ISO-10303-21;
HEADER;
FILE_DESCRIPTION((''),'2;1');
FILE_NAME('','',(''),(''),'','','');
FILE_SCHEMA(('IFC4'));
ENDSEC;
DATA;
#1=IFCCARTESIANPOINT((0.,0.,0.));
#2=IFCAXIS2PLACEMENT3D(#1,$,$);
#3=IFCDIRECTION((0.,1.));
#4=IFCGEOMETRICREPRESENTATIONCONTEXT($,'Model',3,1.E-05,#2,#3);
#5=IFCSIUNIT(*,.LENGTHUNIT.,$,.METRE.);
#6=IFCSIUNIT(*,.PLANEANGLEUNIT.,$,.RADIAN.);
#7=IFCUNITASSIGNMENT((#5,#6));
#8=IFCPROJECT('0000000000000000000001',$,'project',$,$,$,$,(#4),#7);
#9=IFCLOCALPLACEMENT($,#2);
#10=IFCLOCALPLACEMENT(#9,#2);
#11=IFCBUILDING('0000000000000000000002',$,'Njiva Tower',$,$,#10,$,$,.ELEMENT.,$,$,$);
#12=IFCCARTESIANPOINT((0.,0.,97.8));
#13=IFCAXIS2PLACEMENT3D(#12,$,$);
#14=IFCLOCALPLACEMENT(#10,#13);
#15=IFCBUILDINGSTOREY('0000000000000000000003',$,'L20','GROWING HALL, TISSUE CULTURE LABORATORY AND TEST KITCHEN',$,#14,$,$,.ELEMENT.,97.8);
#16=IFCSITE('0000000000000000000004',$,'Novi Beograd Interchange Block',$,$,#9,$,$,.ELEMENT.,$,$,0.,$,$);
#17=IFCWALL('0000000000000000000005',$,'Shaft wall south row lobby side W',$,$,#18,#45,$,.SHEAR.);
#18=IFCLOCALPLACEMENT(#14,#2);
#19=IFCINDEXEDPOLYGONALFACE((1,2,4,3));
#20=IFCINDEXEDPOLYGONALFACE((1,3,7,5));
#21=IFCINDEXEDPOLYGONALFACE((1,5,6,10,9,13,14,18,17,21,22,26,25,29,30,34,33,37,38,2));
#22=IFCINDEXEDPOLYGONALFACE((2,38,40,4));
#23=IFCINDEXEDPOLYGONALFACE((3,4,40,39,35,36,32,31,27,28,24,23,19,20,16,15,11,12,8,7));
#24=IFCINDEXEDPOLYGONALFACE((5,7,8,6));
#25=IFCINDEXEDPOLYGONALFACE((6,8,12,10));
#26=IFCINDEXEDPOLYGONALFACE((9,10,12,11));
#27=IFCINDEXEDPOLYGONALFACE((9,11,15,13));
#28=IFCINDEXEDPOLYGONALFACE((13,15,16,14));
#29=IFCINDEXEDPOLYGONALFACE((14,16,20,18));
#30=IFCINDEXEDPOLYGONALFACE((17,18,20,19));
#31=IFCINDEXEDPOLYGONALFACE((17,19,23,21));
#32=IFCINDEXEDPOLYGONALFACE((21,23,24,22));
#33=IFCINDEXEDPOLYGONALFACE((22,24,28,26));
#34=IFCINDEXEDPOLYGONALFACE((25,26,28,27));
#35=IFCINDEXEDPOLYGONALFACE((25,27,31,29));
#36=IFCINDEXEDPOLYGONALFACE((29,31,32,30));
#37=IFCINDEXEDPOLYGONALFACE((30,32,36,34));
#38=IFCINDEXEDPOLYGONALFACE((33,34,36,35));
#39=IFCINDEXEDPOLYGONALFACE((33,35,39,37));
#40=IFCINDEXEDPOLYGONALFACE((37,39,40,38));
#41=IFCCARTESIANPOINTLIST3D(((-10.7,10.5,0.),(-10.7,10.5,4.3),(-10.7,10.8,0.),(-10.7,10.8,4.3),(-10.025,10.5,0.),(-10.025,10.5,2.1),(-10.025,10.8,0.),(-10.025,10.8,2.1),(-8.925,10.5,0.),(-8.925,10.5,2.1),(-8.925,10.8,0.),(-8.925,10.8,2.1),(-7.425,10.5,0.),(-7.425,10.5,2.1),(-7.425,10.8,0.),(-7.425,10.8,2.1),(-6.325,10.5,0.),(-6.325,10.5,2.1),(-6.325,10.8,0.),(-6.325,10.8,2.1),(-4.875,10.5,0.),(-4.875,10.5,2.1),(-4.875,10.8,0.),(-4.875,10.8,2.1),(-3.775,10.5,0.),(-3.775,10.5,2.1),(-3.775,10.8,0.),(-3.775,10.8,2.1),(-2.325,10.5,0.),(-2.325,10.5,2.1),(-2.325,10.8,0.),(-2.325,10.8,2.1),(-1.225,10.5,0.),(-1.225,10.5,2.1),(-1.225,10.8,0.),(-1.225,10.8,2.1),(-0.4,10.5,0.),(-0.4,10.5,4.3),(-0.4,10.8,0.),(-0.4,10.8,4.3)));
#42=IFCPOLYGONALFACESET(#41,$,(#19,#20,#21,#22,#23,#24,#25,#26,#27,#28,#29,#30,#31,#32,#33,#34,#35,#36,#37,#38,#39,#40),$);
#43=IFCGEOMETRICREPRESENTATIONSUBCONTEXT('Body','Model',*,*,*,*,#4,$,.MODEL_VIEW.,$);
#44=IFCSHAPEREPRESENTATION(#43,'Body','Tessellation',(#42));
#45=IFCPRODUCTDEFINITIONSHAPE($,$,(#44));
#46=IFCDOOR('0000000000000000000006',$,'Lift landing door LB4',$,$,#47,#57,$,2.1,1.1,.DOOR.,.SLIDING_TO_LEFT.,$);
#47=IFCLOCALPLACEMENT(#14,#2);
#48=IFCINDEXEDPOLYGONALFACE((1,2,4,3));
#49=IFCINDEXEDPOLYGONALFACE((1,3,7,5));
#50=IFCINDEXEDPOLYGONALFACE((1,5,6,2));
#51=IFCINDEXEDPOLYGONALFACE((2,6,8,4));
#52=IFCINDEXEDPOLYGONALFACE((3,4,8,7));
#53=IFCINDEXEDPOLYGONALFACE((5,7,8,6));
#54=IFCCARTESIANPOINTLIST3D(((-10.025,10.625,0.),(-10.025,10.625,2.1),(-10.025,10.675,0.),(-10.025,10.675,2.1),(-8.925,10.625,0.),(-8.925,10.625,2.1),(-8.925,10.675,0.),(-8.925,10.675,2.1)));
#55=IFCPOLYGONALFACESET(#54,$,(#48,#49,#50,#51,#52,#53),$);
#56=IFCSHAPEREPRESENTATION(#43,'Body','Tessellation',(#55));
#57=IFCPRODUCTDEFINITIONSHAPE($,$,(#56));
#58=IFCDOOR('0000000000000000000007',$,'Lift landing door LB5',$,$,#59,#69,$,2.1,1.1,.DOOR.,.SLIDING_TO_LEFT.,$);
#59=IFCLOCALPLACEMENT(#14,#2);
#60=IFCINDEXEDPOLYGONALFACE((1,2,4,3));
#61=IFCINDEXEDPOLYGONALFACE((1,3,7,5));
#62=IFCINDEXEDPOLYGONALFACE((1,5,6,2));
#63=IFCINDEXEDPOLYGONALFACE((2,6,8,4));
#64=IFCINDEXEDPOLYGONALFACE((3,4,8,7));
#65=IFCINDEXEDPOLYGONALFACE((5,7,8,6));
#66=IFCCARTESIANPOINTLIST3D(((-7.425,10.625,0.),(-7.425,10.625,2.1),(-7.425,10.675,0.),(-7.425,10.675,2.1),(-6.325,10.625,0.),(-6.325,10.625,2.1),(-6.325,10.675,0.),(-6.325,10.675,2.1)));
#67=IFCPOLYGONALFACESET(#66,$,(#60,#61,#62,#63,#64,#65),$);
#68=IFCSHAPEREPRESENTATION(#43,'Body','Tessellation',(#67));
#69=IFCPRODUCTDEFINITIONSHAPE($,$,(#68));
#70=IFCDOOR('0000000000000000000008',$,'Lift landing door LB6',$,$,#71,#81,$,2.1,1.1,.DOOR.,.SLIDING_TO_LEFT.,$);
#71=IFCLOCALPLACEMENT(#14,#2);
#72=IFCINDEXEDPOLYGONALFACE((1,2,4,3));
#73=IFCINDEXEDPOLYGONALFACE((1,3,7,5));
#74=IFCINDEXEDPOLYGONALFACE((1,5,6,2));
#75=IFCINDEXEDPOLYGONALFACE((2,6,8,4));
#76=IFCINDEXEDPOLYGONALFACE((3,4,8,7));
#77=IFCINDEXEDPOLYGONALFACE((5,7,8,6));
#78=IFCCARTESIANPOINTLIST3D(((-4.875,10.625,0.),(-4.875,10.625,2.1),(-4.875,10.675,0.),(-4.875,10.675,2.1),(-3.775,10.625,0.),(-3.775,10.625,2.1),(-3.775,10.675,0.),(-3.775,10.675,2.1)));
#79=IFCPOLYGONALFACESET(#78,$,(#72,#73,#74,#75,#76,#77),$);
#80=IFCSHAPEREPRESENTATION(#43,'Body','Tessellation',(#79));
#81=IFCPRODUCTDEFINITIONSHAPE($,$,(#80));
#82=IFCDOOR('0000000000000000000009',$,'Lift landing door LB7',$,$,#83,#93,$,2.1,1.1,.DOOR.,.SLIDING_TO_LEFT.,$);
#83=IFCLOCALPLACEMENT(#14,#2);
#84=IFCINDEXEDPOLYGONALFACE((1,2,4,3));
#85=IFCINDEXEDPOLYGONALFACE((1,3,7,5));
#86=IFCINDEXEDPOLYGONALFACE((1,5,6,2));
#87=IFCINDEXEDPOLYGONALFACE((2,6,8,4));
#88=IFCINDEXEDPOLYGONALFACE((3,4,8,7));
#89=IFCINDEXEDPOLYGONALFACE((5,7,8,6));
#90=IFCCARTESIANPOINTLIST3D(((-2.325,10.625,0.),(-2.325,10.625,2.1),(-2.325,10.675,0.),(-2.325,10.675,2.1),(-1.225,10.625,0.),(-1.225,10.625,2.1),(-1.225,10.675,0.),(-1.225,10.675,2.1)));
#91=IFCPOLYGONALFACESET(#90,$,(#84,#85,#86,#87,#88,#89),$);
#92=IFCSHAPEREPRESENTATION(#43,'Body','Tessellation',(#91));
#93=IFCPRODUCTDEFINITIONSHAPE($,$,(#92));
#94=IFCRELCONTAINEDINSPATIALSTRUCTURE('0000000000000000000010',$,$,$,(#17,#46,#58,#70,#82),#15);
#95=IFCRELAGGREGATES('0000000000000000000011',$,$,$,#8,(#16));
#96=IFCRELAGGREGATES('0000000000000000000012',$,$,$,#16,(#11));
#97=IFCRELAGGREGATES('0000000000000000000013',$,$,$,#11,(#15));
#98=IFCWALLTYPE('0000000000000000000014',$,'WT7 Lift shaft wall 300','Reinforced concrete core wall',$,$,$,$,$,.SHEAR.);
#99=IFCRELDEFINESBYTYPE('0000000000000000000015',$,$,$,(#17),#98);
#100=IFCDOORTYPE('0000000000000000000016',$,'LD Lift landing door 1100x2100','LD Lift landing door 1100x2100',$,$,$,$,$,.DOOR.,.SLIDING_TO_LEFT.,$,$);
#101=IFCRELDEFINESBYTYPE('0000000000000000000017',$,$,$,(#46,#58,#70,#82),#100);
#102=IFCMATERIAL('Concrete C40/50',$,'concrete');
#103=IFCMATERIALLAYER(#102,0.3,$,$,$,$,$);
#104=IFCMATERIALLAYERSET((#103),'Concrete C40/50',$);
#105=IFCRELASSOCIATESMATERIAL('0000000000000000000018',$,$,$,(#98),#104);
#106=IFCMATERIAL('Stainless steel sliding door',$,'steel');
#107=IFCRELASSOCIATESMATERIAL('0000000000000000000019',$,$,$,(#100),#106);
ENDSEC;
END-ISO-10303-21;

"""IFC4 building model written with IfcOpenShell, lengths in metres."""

from ifc_helpers import new_model, si_unit, direction, frame, frame_2d, origin, place, context, subcontext, project, spatial, rectangle, extrude, material, layer, layer_set, type_object, element, fill, save


model = new_model("IFC4")

# Units and contexts
model_context = context("Model", 3, precision=1e-05, world=origin(), true_north=direction((0.0, 1.0)))
body_context = subcontext(model_context, "Body", "Model", "MODEL_VIEW")
ifc_project = project(units=[si_unit("LENGTHUNIT", "METRE"), si_unit("PLANEANGLEUNIT", "RADIAN")], contexts=[model_context])

# Site, building, storey
site_placement = place(None, origin())
site = spatial("IfcSite", under=ifc_project, at=site_placement, Name="Novi Beograd Interchange Block", CompositionType="ELEMENT", RefElevation=0.0)
building_placement = place(site_placement, origin())
building = spatial("IfcBuilding", under=site, at=building_placement, Name="Njiva Tower", CompositionType="ELEMENT")
storey_placement = place(building_placement, frame((0.0, 0.0, 97.8)))
storey = spatial("IfcBuildingStorey", under=building, at=storey_placement, Name="L20", Description="GROWING HALL, TISSUE CULTURE LABORATORY AND TEST KITCHEN", CompositionType="ELEMENT", Elevation=97.8)

# Shared definitions
ifc_material_1 = material(Name="Concrete C40/50", Category="concrete")

# Wall, openings, doors
ifc_layer_1 = layer(ifc_material_1, 0.3)
ifc_layer_set_1 = layer_set([ifc_layer_1], Name="Concrete C40/50")
wall_type_1 = type_object("IfcWallType", Name="WT7 Lift shaft wall 300", Description="Reinforced concrete core wall", PredefinedType="SHEAR", material=ifc_layer_set_1)
ifc_material_2 = material(Name="Stainless steel sliding door", Category="steel")
door_type_1 = type_object("IfcDoorType", Name="LD Lift landing door 1100x2100", Description="LD Lift landing door 1100x2100", OperationType="SLIDING_TO_LEFT", PredefinedType="DOOR", material=ifc_material_2)
wall_1_placement = place(storey_placement, frame((-10.7, 10.65, 0.0), z_axis=(0.0, 0.0, 1.0), x_axis=(1.0, 0.0, 0.0)))
wall_1 = element("IfcWall", 1, at=wall_1_placement, inside=storey, type_object=wall_type_1, Name="Shaft wall south row lobby side W", PredefinedType="SHEAR", context=body_context, shape_type="SweptSolid", body=[
    extrude(rectangle(XDim=10.3, YDim=0.3, at=frame_2d((5.15, 0.0))), origin(), (0.0, 0.0, 1.0), 4.3),
])
opening_1_placement = place(wall_1_placement, frame((0.675, 0.0, 0.0)))
opening_1 = element("IfcOpeningElement", 2, at=opening_1_placement, cuts=wall_1, PredefinedType="OPENING", context=body_context, shape_type="SweptSolid", body=[
    extrude(rectangle(XDim=1.1, YDim=2.1, at=frame_2d((0.55, 1.05))), frame((0.0, 0.16, 0.0), z_axis=(0.0, -1.0, 0.0), x_axis=(1.0, 0.0, 0.0)), (0.0, 0.0, 1.0), 0.32),
])
opening_2_placement = place(wall_1_placement, frame((3.275, 0.0, 0.0)))
opening_2 = element("IfcOpeningElement", 3, at=opening_2_placement, cuts=wall_1, PredefinedType="OPENING", context=body_context, shape_type="SweptSolid", body=[
    extrude(rectangle(XDim=1.1, YDim=2.1, at=frame_2d((0.55, 1.05))), frame((0.0, 0.16, 0.0), z_axis=(0.0, -1.0, 0.0), x_axis=(1.0, 0.0, 0.0)), (0.0, 0.0, 1.0), 0.32),
])
opening_3_placement = place(wall_1_placement, frame((5.825, 0.0, 0.0)))
opening_3 = element("IfcOpeningElement", 4, at=opening_3_placement, cuts=wall_1, PredefinedType="OPENING", context=body_context, shape_type="SweptSolid", body=[
    extrude(rectangle(XDim=1.1, YDim=2.1, at=frame_2d((0.55, 1.05))), frame((0.0, 0.16, 0.0), z_axis=(0.0, -1.0, 0.0), x_axis=(1.0, 0.0, 0.0)), (0.0, 0.0, 1.0), 0.32),
])
opening_4_placement = place(wall_1_placement, frame((8.375, 0.0, 0.0)))
opening_4 = element("IfcOpeningElement", 5, at=opening_4_placement, cuts=wall_1, PredefinedType="OPENING", context=body_context, shape_type="SweptSolid", body=[
    extrude(rectangle(XDim=1.1, YDim=2.1, at=frame_2d((0.55, 1.05))), frame((0.0, 0.16, 0.0), z_axis=(0.0, -1.0, 0.0), x_axis=(1.0, 0.0, 0.0)), (0.0, 0.0, 1.0), 0.32),
])
door_1_placement = place(opening_1_placement, origin())
door_1 = element("IfcDoor", 6, at=door_1_placement, inside=storey, type_object=door_type_1, Name="Lift landing door LB4", OperationType="SLIDING_TO_LEFT", OverallHeight=2.1, OverallWidth=1.1, PredefinedType="DOOR", context=body_context, shape_type="SweptSolid", body=[
    extrude(rectangle(XDim=1.1, YDim=2.1, at=frame_2d((0.55, 1.05))), frame((0.0, 0.025, 0.0), z_axis=(0.0, -1.0, 0.0), x_axis=(1.0, 0.0, 0.0)), (0.0, 0.0, 1.0), 0.05),
])
fill(opening_1, door_1)
door_2_placement = place(opening_2_placement, origin())
door_2 = element("IfcDoor", 7, at=door_2_placement, inside=storey, type_object=door_type_1, Name="Lift landing door LB5", OperationType="SLIDING_TO_LEFT", OverallHeight=2.1, OverallWidth=1.1, PredefinedType="DOOR", context=body_context, shape_type="SweptSolid", body=[
    extrude(rectangle(XDim=1.1, YDim=2.1, at=frame_2d((0.55, 1.05))), frame((0.0, 0.025, 0.0), z_axis=(0.0, -1.0, 0.0), x_axis=(1.0, 0.0, 0.0)), (0.0, 0.0, 1.0), 0.05),
])
fill(opening_2, door_2)
door_3_placement = place(opening_3_placement, origin())
door_3 = element("IfcDoor", 8, at=door_3_placement, inside=storey, type_object=door_type_1, Name="Lift landing door LB6", OperationType="SLIDING_TO_LEFT", OverallHeight=2.1, OverallWidth=1.1, PredefinedType="DOOR", context=body_context, shape_type="SweptSolid", body=[
    extrude(rectangle(XDim=1.1, YDim=2.1, at=frame_2d((0.55, 1.05))), frame((0.0, 0.025, 0.0), z_axis=(0.0, -1.0, 0.0), x_axis=(1.0, 0.0, 0.0)), (0.0, 0.0, 1.0), 0.05),
])
fill(opening_3, door_3)
door_4_placement = place(opening_4_placement, origin())
door_4 = element("IfcDoor", 9, at=door_4_placement, inside=storey, type_object=door_type_1, Name="Lift landing door LB7", OperationType="SLIDING_TO_LEFT", OverallHeight=2.1, OverallWidth=1.1, PredefinedType="DOOR", context=body_context, shape_type="SweptSolid", body=[
    extrude(rectangle(XDim=1.1, YDim=2.1, at=frame_2d((0.55, 1.05))), frame((0.0, 0.025, 0.0), z_axis=(0.0, -1.0, 0.0), x_axis=(1.0, 0.0, 0.0)), (0.0, 0.0, 1.0), 0.05),
])
fill(opening_4, door_4)

save(model, "model.ifc")
